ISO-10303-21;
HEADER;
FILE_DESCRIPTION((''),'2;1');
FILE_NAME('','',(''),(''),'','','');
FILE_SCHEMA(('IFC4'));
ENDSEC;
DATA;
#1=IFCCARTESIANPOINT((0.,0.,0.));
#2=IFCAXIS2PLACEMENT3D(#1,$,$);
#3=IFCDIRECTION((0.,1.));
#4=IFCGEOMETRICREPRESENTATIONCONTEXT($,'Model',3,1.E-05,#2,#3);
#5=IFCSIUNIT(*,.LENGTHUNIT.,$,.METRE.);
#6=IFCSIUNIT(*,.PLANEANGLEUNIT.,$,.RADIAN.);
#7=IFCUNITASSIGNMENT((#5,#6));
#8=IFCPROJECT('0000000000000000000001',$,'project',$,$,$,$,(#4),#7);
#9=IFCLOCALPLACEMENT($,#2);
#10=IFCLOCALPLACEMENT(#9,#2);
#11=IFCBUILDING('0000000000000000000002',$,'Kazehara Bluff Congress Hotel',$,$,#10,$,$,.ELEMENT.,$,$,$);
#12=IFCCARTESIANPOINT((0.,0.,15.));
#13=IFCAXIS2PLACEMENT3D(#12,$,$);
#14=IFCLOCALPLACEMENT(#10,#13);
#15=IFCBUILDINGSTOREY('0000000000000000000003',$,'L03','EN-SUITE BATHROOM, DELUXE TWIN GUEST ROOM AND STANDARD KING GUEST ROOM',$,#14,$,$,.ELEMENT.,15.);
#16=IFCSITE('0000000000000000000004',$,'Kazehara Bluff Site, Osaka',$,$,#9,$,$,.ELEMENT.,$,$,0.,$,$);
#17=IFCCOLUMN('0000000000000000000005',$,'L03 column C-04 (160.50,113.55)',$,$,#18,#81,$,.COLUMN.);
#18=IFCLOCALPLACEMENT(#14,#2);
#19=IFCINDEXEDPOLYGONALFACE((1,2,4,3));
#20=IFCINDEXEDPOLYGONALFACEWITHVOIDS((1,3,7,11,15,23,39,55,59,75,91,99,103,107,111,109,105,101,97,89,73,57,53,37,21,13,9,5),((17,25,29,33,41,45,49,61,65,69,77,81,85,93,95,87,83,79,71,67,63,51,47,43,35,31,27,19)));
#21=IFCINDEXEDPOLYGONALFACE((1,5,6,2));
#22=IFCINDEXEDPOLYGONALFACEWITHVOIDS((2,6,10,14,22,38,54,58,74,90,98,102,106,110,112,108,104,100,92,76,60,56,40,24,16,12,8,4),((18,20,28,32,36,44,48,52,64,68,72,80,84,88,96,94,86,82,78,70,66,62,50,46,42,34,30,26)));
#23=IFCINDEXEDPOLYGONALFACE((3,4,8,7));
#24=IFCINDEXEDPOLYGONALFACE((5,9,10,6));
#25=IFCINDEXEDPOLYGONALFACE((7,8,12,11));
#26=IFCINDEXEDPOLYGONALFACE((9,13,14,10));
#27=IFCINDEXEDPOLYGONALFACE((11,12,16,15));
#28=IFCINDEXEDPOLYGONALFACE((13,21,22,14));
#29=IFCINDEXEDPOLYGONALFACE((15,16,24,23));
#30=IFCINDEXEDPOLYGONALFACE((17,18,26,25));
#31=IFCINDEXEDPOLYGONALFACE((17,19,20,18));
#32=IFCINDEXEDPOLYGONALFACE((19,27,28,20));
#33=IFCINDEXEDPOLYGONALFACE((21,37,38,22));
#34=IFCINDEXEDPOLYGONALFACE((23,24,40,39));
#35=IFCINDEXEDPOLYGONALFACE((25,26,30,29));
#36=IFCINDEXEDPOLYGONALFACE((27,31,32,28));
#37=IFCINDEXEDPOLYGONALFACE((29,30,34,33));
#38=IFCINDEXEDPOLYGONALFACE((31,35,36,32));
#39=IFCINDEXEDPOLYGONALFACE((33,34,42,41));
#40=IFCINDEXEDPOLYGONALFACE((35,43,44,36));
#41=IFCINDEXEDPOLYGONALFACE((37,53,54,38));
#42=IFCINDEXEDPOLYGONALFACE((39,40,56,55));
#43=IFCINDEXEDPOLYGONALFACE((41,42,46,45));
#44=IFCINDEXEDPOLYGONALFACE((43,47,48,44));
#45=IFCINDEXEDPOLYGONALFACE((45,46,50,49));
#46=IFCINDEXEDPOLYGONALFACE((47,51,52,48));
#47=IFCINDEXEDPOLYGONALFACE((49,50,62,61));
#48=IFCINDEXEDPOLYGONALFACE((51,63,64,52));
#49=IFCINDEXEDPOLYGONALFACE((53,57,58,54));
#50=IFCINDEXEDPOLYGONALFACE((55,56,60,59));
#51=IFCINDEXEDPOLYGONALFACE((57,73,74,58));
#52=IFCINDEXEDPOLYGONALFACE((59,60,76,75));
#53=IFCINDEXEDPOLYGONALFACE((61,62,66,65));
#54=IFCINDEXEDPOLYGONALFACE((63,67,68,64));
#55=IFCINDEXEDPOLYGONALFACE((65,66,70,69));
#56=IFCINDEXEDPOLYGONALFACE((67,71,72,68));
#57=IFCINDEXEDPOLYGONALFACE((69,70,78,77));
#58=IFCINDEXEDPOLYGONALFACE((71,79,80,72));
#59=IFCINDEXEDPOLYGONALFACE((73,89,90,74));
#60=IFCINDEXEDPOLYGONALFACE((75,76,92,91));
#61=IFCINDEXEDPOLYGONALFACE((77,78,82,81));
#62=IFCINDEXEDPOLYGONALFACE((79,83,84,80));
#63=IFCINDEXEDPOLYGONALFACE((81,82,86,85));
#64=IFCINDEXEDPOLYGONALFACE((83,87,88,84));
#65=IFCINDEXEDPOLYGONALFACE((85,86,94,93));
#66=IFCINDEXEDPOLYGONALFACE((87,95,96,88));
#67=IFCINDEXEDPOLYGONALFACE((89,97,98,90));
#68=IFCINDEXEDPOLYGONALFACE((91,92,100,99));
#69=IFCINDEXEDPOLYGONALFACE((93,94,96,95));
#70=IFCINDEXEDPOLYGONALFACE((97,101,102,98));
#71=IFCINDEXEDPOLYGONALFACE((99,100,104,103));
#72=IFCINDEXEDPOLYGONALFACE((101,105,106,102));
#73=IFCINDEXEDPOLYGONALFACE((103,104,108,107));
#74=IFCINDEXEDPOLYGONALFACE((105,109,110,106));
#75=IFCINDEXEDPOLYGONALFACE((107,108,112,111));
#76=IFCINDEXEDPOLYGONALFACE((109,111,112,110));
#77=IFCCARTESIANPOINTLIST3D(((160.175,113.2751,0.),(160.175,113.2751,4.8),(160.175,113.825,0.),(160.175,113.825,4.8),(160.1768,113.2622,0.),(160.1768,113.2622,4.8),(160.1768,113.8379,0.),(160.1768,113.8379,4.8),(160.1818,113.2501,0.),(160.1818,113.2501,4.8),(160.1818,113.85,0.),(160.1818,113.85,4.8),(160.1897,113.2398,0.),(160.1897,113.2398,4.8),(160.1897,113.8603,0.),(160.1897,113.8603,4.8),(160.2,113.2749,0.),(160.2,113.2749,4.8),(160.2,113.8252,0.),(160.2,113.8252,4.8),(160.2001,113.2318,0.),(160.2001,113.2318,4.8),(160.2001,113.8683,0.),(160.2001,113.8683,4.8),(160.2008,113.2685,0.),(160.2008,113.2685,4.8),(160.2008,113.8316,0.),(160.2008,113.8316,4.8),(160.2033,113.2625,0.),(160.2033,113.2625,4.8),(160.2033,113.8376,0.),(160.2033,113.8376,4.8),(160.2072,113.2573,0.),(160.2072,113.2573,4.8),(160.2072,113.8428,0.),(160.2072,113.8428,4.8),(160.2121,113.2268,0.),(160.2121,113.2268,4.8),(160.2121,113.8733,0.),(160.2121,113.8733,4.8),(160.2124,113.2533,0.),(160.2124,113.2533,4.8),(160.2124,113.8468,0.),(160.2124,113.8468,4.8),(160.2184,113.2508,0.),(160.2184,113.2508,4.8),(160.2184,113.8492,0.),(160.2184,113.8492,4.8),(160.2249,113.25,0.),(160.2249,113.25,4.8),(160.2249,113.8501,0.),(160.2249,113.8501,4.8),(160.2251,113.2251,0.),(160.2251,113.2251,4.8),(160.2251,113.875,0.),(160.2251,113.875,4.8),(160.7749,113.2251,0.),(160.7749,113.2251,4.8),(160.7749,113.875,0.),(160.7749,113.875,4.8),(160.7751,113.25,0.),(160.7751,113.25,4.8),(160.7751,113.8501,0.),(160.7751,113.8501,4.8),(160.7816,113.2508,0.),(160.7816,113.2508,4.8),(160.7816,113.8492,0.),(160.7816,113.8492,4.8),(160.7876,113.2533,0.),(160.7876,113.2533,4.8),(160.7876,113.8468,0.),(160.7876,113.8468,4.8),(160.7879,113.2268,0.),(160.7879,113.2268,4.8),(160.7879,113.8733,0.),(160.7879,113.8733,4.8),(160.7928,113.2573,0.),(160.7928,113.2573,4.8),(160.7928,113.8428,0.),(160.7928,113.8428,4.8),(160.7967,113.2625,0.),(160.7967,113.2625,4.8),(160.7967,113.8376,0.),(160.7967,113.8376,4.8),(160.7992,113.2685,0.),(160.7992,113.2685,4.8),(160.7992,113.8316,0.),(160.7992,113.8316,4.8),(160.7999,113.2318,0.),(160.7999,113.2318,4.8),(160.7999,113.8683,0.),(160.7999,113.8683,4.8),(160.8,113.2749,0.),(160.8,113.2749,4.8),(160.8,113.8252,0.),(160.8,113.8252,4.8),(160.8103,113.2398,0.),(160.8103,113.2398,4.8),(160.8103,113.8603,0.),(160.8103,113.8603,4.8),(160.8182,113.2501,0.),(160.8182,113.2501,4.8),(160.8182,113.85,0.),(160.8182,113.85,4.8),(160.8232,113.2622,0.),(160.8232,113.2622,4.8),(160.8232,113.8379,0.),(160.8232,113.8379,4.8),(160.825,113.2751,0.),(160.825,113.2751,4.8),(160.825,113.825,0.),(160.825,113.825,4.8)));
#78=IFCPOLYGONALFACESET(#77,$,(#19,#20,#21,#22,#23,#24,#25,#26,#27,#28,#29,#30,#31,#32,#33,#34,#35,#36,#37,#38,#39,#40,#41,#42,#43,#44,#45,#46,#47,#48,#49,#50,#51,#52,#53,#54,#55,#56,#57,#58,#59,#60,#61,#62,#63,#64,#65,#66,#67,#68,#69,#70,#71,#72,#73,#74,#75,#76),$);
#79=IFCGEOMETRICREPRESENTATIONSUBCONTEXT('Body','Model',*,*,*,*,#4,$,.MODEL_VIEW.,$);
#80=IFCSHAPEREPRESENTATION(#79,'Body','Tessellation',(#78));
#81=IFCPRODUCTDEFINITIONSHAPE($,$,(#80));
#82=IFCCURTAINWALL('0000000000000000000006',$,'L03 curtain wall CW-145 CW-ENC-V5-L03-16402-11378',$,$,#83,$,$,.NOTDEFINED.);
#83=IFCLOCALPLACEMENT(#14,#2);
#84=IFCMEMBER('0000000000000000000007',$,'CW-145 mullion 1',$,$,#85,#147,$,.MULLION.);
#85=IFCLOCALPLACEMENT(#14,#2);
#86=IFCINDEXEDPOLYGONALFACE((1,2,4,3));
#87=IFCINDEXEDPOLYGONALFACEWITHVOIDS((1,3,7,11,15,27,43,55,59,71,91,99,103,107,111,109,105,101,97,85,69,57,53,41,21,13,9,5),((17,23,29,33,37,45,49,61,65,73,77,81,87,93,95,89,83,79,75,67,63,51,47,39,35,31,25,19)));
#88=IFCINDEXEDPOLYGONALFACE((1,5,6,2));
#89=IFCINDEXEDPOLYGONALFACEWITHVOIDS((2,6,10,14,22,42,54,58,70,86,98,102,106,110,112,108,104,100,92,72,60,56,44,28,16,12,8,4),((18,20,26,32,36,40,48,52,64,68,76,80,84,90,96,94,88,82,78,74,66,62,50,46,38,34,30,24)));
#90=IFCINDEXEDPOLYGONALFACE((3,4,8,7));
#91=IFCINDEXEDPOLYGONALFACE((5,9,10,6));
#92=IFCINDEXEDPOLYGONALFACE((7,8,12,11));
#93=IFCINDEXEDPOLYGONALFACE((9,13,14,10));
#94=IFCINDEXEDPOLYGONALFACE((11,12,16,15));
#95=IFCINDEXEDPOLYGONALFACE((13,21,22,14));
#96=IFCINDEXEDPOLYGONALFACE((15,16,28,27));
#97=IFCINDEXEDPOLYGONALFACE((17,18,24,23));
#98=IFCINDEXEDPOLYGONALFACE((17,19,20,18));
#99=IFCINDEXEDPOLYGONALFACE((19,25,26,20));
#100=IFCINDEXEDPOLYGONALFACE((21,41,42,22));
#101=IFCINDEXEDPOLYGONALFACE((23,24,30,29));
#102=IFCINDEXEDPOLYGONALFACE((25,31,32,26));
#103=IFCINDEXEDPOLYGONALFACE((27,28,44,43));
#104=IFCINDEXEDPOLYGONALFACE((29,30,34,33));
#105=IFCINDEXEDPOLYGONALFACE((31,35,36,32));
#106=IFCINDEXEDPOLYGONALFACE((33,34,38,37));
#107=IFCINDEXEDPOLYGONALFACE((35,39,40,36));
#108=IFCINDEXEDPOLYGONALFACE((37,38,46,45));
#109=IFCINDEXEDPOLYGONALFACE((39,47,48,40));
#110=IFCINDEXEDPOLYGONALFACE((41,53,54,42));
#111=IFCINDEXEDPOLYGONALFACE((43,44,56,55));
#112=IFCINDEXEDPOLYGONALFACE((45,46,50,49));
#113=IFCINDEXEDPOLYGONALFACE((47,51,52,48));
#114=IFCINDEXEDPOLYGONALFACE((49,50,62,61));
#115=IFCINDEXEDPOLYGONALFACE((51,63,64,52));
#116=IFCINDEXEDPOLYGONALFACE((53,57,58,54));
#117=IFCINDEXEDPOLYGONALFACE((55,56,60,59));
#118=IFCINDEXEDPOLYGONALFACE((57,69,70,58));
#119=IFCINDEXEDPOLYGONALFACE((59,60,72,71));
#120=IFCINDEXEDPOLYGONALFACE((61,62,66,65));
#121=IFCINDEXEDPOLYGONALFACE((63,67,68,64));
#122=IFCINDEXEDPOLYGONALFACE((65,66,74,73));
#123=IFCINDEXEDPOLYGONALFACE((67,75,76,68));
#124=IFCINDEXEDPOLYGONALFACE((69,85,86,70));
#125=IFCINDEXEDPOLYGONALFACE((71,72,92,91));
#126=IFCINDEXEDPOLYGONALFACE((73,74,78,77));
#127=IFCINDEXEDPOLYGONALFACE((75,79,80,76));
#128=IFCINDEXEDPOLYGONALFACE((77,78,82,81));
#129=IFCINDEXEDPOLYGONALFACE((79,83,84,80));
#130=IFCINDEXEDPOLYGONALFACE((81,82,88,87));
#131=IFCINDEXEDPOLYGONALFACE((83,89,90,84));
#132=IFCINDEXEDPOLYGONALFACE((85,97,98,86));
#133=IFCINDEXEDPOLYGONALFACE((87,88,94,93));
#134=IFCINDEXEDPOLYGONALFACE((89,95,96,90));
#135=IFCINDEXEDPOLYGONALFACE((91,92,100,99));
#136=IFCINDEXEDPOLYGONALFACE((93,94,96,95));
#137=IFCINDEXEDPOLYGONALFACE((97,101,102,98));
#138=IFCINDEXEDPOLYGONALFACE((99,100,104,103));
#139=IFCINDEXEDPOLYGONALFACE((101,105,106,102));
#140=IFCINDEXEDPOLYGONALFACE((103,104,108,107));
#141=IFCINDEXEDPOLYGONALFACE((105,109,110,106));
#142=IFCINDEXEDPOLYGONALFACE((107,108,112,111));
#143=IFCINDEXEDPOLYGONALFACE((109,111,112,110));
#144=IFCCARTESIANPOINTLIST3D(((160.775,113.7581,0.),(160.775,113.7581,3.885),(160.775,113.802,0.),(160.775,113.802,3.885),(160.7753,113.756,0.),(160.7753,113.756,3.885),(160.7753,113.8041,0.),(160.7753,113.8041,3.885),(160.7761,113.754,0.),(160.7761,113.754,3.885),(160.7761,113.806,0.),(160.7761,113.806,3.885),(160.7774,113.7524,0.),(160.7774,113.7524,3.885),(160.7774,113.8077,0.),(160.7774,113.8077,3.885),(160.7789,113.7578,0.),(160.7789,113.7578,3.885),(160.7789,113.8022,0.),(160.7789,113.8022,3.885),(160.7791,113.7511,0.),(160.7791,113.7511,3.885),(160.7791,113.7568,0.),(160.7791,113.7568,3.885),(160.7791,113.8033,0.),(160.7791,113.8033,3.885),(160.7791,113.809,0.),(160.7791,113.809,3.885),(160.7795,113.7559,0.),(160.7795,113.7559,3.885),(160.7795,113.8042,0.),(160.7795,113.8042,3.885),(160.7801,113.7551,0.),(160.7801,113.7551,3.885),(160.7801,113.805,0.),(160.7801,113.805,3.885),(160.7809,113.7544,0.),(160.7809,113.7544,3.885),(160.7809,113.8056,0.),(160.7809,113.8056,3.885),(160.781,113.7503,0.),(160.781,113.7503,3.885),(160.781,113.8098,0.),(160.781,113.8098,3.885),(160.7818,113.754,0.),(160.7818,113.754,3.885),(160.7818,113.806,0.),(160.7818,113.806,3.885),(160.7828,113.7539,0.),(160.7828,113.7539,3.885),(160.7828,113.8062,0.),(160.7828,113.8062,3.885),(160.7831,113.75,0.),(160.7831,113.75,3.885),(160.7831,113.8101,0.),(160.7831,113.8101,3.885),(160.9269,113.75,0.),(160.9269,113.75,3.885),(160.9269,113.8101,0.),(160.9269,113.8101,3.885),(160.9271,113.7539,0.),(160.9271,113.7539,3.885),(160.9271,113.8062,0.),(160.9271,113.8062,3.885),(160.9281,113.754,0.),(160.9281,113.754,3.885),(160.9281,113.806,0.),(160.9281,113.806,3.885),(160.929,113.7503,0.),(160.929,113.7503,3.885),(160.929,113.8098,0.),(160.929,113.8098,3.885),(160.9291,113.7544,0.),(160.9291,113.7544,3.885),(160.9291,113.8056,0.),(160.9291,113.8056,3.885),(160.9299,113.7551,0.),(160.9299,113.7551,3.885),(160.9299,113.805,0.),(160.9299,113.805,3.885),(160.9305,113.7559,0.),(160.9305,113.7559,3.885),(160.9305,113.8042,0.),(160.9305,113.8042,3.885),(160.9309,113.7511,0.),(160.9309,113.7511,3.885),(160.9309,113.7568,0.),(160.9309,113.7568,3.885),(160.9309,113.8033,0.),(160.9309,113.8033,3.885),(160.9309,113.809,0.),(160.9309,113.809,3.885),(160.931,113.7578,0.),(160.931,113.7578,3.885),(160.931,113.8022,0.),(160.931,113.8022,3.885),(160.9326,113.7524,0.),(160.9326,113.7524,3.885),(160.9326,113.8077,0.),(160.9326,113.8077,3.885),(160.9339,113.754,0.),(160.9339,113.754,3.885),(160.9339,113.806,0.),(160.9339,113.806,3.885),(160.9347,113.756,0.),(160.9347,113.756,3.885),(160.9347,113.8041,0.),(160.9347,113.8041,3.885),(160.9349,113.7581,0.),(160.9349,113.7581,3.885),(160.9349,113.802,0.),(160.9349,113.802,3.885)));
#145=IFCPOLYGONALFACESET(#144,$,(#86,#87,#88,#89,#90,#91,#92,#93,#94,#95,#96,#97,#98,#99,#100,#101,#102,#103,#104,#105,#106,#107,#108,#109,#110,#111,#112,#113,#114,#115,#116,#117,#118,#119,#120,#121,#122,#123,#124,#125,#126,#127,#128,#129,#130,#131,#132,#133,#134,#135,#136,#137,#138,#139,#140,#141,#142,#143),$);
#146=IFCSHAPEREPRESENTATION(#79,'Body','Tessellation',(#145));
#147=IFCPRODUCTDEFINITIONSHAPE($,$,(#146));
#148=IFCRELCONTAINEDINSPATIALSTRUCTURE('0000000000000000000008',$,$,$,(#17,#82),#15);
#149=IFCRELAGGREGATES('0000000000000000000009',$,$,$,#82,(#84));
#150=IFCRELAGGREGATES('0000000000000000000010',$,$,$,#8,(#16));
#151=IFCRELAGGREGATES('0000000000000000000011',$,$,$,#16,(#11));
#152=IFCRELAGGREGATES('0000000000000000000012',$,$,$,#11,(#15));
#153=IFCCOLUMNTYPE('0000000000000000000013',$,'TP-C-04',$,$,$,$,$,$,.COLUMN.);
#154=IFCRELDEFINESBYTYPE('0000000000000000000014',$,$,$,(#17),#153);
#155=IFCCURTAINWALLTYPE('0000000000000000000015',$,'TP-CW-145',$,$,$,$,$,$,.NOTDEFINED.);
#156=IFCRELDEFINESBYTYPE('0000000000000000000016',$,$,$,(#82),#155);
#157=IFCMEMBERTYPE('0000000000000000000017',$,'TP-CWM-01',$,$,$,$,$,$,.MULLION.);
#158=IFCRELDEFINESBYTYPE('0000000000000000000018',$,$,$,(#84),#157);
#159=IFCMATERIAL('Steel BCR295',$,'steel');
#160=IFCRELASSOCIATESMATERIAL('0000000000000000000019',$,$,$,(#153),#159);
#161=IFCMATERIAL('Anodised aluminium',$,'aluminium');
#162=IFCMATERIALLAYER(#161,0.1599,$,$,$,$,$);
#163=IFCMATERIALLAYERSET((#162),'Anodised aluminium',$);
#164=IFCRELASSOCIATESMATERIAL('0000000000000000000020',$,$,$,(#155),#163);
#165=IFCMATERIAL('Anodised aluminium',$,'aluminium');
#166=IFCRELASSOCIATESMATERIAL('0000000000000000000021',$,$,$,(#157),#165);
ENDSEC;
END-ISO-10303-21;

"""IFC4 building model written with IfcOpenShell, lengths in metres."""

from ifc_helpers import new_model, si_unit, direction, frame, origin, origin_2d, place, context, subcontext, project, spatial, hollow_rectangle, extrude, material, layer, layer_set, material_profile, profile_set, type_object, element, aggregate, save


model = new_model("IFC4")

# Units and contexts
model_context = context("Model", 3, precision=1e-05, world=origin(), true_north=direction((0.0, 1.0)))
body_context = subcontext(model_context, "Body", "Model", "MODEL_VIEW")
ifc_project = project(units=[si_unit("LENGTHUNIT", "METRE"), si_unit("PLANEANGLEUNIT", "RADIAN")], contexts=[model_context])

# Site, building, storey
site_placement = place(None, origin())
site = spatial("IfcSite", under=ifc_project, at=site_placement, Name="Kazehara Bluff Site, Osaka", CompositionType="ELEMENT", RefElevation=0.0)
building_placement = place(site_placement, origin())
building = spatial("IfcBuilding", under=site, at=building_placement, Name="Kazehara Bluff Congress Hotel", CompositionType="ELEMENT")
storey_placement = place(building_placement, frame((0.0, 0.0, 15.0)))
storey = spatial("IfcBuildingStorey", under=building, at=storey_placement, Name="L03", Description="EN-SUITE BATHROOM, DELUXE TWIN GUEST ROOM AND STANDARD KING GUEST ROOM", CompositionType="ELEMENT", Elevation=15.0)

# Column
ifc_material_1 = material(Name="Steel BCR295", Category="steel")
ifc_material_profile_1 = material_profile(ifc_material_1, hollow_rectangle(XDim=0.6499, YDim=0.6499, WallThickness=0.0249, InnerFilletRadius=0.0249, OuterFilletRadius=0.05, at=origin_2d()))
ifc_profile_set_1 = profile_set([ifc_material_profile_1], Name="Steel BCR295")
column_type = type_object("IfcColumnType", Name="TP-C-04", PredefinedType="COLUMN", material=ifc_profile_set_1)
column_placement = place(storey_placement, frame((160.5, 113.55, 0.0), z_axis=(0.0, 0.0, 1.0), x_axis=(1.0, 0.0, 0.0)))
element("IfcColumn", 1, at=column_placement, inside=storey, type_object=column_type, Name="L03 column C-04 (160.50,113.55)", PredefinedType="COLUMN", context=body_context, shape_type="SweptSolid", body=[
    extrude(hollow_rectangle(XDim=0.6499, YDim=0.6499, WallThickness=0.0249, InnerFilletRadius=0.0249, OuterFilletRadius=0.05, at=origin_2d()), origin(), (0.0, 0.0, 1.0), 4.8),
])

# Curtain wall, member
ifc_material_2 = material(Name="Anodised aluminium", Category="aluminium")
ifc_layer_1 = layer(ifc_material_2, 0.1599)
ifc_layer_set_1 = layer_set([ifc_layer_1], Name="Anodised aluminium")
curtain_wall_type_1 = type_object("IfcCurtainWallType", Name="TP-CW-145", PredefinedType="NOTDEFINED", material=ifc_layer_set_1)
curtain_wall_1_placement = place(storey_placement, origin())
curtain_wall_1 = element("IfcCurtainWall", 2, at=curtain_wall_1_placement, inside=storey, type_object=curtain_wall_type_1, Name="L03 curtain wall CW-145 CW-ENC-V5-L03-16402-11378", PredefinedType="NOTDEFINED")
ifc_material_3 = material(Name="Anodised aluminium", Category="aluminium")
ifc_material_profile_2 = material_profile(ifc_material_3, hollow_rectangle(XDim=0.0601, YDim=0.1599, WallThickness=0.0039, InnerFilletRadius=0.0039, OuterFilletRadius=0.0081, at=origin_2d()))
ifc_profile_set_2 = profile_set([ifc_material_profile_2], Name="Anodised aluminium")
member_type_1 = type_object("IfcMemberType", Name="TP-CWM-01", PredefinedType="MULLION", material=ifc_profile_set_2)
member_1_placement = place(storey_placement, frame((160.855, 113.78, 0.0), z_axis=(0.0, 0.0, 1.0), x_axis=(0.0, 1.0, 0.0)))
member_1 = element("IfcMember", 3, at=member_1_placement, type_object=member_type_1, Name="CW-145 mullion 1", PredefinedType="MULLION", context=body_context, shape_type="SweptSolid", body=[
    extrude(hollow_rectangle(XDim=0.0601, YDim=0.1599, WallThickness=0.0039, InnerFilletRadius=0.0039, OuterFilletRadius=0.0081, at=origin_2d()), origin(), (0.0, 0.0, 1.0), 3.885),
])

aggregate(curtain_wall_1, [member_1])

save(model, "model.ifc")
